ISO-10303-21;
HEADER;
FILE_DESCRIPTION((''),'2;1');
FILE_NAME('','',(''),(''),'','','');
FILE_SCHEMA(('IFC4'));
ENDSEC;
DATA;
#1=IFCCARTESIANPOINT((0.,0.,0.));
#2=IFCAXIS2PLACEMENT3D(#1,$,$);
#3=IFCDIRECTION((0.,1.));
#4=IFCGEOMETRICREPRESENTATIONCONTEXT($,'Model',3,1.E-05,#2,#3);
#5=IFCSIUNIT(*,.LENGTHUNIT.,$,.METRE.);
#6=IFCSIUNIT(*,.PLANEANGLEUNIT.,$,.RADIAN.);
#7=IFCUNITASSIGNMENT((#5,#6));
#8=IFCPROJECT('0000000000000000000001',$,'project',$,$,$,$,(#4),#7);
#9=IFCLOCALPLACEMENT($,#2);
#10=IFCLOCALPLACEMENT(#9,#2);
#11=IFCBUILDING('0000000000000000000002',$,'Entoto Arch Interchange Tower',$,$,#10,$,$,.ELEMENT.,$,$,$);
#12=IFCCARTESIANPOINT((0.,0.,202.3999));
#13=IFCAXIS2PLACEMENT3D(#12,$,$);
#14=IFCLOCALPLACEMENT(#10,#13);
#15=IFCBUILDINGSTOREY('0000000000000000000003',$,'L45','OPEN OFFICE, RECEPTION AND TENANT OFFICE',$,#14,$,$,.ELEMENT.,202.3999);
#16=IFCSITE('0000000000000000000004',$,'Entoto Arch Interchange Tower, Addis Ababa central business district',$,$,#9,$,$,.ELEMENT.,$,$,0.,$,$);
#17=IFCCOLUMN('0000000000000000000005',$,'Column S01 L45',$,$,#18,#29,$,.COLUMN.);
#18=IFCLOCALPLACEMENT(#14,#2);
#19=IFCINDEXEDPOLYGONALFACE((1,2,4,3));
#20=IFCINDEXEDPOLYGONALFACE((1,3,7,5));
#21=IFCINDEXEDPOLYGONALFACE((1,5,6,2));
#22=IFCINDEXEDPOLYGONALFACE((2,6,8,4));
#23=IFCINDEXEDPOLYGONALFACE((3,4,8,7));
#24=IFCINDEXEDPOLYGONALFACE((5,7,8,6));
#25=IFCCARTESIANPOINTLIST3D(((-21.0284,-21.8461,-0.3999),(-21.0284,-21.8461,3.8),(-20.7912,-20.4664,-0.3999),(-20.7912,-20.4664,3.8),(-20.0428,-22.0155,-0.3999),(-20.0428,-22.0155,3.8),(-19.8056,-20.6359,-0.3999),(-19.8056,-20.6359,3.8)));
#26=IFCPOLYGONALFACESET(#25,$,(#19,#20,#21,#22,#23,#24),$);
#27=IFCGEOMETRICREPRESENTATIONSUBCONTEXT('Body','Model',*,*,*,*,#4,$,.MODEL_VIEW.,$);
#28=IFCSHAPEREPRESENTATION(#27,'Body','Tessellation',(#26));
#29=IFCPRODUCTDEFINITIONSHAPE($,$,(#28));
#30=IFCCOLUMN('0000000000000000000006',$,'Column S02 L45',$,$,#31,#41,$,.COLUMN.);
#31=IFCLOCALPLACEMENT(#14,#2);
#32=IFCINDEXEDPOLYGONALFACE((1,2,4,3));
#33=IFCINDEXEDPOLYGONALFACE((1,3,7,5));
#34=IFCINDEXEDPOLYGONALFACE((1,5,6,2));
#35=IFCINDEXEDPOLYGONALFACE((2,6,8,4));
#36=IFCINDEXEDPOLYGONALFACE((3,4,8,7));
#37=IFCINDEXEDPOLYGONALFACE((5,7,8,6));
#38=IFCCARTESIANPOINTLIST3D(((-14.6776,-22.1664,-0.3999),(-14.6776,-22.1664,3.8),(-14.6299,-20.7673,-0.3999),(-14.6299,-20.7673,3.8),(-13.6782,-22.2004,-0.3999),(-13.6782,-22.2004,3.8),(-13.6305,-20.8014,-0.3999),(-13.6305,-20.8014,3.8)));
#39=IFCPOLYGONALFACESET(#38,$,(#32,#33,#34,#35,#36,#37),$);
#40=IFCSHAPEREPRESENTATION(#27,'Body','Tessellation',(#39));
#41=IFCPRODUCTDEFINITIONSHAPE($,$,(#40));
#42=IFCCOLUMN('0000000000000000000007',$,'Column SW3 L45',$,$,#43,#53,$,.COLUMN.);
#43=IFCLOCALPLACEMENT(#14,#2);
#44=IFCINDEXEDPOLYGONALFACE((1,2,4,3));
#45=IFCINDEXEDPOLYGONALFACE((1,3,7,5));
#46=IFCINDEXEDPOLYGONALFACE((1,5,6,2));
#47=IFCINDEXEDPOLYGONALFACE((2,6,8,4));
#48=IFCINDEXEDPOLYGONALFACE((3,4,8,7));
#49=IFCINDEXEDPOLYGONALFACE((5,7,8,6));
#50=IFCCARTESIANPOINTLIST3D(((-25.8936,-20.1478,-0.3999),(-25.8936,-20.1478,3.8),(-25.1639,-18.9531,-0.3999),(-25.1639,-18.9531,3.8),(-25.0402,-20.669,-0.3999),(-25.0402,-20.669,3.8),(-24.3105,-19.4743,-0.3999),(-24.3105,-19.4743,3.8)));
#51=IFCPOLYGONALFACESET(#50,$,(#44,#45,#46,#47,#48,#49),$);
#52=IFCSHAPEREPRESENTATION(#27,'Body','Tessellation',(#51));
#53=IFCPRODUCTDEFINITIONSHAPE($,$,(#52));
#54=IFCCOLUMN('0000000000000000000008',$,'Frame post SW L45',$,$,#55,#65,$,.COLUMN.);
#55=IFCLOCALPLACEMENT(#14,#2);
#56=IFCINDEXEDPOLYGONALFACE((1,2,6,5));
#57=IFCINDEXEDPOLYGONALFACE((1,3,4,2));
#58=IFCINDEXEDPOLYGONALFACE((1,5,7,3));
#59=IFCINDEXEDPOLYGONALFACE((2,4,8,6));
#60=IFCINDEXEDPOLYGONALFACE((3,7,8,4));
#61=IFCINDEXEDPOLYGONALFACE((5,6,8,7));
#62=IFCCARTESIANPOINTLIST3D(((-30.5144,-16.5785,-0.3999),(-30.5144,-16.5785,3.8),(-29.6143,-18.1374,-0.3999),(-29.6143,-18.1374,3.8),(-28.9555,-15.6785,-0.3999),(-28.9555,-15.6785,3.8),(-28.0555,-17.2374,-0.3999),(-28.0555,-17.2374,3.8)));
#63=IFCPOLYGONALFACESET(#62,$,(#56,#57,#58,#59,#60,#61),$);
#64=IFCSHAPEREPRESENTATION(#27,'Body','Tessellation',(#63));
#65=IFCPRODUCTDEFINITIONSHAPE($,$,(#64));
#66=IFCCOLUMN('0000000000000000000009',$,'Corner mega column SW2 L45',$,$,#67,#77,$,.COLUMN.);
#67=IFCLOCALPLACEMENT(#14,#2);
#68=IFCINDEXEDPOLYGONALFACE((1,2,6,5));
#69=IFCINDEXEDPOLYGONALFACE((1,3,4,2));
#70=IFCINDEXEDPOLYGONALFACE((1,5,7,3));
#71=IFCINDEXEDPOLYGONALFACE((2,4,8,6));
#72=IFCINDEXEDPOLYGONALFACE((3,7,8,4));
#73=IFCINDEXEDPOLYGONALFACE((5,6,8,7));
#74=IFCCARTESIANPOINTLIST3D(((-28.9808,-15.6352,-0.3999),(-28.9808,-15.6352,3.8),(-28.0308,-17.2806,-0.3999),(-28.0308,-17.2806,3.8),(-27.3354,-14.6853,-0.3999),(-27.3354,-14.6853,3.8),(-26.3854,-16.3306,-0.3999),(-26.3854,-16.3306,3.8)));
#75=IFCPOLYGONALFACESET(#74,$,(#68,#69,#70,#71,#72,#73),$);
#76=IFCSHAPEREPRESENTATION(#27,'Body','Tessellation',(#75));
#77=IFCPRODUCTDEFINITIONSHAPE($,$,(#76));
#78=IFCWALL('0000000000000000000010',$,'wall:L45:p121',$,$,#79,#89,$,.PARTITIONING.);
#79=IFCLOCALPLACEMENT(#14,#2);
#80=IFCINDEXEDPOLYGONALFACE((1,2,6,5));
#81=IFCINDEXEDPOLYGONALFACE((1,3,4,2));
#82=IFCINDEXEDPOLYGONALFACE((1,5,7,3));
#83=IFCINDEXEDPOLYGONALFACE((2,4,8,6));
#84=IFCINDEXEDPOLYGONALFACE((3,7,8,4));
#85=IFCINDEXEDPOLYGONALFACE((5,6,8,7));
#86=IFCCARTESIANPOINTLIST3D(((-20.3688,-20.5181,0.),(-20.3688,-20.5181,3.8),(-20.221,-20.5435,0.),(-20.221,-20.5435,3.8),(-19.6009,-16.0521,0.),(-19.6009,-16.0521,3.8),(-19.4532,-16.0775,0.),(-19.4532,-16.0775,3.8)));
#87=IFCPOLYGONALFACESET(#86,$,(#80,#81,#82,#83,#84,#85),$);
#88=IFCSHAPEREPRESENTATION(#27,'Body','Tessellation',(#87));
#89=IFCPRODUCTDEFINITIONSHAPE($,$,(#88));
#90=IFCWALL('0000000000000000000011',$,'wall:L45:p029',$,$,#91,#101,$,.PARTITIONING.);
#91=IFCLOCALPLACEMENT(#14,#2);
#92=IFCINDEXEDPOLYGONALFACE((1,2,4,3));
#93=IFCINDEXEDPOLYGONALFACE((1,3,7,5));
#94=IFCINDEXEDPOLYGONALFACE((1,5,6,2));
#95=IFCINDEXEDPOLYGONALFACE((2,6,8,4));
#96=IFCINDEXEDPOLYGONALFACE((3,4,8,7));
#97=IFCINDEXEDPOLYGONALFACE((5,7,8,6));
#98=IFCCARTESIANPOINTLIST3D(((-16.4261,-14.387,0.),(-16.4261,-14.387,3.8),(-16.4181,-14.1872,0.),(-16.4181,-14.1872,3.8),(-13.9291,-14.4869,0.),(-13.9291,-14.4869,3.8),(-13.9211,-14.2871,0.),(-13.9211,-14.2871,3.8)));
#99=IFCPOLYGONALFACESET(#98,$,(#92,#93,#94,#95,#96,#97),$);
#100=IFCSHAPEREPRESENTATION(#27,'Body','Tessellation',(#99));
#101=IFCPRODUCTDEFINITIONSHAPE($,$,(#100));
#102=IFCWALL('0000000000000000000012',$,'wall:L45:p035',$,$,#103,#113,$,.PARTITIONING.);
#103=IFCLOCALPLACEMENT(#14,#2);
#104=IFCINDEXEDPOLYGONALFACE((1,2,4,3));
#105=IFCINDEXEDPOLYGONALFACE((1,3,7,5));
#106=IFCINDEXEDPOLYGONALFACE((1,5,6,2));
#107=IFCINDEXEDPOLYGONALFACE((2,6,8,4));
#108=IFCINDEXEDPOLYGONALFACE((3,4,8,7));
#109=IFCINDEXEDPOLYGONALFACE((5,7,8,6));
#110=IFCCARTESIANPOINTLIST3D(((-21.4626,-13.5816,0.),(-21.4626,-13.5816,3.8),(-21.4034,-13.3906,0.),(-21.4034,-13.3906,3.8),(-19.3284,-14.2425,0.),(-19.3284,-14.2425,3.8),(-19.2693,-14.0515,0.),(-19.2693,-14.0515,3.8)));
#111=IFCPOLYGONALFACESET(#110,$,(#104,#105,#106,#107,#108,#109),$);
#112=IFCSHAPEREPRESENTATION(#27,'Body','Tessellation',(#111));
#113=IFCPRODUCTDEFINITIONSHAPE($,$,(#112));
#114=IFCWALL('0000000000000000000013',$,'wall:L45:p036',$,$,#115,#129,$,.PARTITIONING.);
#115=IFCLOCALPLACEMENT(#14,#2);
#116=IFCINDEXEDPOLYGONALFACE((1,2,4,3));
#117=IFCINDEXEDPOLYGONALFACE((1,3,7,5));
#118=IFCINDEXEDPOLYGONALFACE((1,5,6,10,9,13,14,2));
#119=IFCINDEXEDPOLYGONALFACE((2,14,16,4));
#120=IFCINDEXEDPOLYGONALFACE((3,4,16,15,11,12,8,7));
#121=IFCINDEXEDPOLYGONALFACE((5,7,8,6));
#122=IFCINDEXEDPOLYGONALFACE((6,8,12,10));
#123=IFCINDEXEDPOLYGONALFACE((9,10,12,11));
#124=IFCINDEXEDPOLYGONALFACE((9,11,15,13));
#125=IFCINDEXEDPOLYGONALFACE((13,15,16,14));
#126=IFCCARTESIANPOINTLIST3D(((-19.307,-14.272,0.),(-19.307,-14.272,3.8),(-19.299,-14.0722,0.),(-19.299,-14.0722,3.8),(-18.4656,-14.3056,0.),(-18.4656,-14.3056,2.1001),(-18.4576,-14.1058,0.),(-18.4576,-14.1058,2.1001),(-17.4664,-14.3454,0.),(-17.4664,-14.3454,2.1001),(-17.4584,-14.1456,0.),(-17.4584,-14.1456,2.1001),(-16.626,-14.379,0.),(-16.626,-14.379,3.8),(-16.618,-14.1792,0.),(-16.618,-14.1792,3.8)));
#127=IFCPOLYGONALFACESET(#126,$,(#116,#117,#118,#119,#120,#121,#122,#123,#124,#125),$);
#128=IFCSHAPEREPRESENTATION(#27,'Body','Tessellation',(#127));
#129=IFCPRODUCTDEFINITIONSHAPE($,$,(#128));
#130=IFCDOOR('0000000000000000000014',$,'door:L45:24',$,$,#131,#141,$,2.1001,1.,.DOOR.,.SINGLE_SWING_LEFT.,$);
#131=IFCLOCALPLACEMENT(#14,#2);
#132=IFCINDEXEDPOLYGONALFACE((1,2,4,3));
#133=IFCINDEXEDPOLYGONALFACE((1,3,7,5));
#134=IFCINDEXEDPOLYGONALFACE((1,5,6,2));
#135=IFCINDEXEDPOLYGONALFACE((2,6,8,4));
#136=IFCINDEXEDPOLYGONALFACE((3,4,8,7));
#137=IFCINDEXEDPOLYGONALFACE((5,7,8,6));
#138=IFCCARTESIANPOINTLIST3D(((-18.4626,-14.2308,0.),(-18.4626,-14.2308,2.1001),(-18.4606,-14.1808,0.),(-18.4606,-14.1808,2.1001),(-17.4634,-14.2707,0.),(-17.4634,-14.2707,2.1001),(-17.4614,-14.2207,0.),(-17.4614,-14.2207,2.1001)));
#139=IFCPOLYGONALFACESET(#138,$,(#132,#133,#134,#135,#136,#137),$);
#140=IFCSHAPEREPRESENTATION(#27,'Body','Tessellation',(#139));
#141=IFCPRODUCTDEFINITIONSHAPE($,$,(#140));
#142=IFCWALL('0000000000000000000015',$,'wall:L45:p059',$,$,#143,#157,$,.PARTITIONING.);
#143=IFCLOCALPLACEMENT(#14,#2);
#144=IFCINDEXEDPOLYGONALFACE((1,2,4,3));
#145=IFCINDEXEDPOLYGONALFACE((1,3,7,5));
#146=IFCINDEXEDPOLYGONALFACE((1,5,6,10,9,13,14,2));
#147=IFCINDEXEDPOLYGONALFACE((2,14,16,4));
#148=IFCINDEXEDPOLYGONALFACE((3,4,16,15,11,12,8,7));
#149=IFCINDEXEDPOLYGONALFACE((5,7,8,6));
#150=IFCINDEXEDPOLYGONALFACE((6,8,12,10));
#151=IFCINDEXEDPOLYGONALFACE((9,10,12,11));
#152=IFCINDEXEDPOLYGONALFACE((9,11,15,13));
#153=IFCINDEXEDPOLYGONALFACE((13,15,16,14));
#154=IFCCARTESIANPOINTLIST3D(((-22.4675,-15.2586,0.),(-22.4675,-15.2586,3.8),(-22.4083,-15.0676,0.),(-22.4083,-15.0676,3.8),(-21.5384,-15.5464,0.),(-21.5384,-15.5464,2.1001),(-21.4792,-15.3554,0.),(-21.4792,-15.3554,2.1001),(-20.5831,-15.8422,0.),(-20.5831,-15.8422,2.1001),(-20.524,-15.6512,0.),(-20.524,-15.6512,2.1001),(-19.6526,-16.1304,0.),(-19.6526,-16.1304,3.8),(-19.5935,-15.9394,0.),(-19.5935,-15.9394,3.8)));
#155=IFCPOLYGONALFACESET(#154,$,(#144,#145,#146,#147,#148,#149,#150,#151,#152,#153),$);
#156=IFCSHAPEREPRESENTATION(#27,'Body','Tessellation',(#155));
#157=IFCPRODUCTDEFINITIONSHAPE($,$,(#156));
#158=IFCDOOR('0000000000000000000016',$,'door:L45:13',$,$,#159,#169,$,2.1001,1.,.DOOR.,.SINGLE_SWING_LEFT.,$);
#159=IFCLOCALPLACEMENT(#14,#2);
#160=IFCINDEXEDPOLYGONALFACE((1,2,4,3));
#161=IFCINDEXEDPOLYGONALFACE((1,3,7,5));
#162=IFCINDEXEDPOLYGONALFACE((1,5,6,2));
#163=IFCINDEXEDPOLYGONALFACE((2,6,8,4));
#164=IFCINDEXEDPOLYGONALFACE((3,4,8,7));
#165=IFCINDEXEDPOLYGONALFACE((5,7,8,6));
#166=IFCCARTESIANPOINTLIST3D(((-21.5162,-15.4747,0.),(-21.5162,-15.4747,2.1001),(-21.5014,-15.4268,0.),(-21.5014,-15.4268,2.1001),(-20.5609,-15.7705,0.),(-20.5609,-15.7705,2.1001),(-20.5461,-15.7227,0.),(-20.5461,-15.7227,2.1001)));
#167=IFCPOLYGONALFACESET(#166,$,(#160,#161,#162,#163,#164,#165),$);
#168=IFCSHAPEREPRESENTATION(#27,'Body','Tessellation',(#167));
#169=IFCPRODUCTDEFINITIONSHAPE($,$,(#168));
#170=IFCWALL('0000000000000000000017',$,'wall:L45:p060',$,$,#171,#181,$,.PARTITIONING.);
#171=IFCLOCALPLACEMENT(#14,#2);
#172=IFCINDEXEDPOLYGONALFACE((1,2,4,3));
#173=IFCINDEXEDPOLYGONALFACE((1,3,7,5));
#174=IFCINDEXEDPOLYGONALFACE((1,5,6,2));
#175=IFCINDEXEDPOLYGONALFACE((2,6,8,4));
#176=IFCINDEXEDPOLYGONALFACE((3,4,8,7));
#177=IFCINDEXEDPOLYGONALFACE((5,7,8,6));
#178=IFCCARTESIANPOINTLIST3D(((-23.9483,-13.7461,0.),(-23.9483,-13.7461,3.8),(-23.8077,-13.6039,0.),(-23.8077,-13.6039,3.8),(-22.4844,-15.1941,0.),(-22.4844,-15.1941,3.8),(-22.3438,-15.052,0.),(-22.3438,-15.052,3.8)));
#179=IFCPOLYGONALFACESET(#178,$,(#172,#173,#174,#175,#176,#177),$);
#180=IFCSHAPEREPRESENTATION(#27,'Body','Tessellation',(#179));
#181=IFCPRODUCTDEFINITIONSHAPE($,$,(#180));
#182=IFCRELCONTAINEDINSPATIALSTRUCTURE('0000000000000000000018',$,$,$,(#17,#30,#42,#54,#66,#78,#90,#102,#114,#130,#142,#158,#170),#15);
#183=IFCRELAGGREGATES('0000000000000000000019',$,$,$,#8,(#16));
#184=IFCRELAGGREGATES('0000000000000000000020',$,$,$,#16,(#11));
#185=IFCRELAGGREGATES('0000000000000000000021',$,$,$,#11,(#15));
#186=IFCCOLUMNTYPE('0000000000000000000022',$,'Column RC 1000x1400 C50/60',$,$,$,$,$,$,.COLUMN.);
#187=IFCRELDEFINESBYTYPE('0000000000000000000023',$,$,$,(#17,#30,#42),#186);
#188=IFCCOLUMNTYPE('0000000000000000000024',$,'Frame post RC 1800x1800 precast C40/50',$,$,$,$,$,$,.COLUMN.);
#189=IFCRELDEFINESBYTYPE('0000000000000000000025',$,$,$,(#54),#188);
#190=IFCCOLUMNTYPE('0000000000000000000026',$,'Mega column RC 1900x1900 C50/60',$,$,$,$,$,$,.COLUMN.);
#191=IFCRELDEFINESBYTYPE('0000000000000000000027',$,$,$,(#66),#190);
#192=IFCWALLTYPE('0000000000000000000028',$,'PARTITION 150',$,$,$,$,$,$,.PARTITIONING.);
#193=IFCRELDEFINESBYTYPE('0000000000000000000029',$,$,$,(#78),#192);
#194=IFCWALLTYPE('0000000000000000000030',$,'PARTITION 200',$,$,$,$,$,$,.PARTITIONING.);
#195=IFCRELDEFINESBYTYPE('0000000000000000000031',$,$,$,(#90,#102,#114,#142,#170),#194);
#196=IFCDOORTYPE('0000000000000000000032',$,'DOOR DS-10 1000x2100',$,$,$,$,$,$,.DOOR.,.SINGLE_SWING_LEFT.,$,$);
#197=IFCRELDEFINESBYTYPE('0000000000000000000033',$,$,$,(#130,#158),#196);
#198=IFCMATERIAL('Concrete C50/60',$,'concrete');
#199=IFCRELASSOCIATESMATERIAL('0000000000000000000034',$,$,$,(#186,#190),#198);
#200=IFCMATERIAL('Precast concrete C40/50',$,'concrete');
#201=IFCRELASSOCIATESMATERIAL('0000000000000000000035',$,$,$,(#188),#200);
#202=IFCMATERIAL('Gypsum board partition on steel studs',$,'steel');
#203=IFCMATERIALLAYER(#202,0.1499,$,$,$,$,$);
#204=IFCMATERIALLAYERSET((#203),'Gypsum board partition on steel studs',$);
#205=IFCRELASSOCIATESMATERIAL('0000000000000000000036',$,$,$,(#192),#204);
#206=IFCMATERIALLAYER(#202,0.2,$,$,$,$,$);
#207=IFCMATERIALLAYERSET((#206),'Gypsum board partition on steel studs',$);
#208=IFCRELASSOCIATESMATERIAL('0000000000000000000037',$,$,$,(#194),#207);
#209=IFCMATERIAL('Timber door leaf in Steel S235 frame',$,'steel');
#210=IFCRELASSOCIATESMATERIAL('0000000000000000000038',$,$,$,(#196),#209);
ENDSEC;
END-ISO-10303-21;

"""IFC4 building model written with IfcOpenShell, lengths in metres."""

from ifc_helpers import new_model, si_unit, direction, frame, frame_2d, origin, origin_2d, place, context, subcontext, project, spatial, rectangle, extrude, material, layer, layer_set, material_profile, profile_set, type_object, element, fill, save


model = new_model("IFC4")

# Units and contexts
model_context = context("Model", 3, precision=1e-05, world=origin(), true_north=direction((0.0, 1.0)))
body_context = subcontext(model_context, "Body", "Model", "MODEL_VIEW")
ifc_project = project(units=[si_unit("LENGTHUNIT", "METRE"), si_unit("PLANEANGLEUNIT", "RADIAN")], contexts=[model_context])

# Site, building, storey
site_placement = place(None, origin())
site = spatial("IfcSite", under=ifc_project, at=site_placement, Name="Entoto Arch Interchange Tower, Addis Ababa central business district", CompositionType="ELEMENT", RefElevation=0.0)
building_placement = place(site_placement, origin())
building = spatial("IfcBuilding", under=site, at=building_placement, Name="Entoto Arch Interchange Tower", CompositionType="ELEMENT")
storey_placement = place(building_placement, frame((0.0, 0.0, 202.3999)))
storey = spatial("IfcBuildingStorey", under=building, at=storey_placement, Name="L45", Description="OPEN OFFICE, RECEPTION AND TENANT OFFICE", CompositionType="ELEMENT", Elevation=202.3999)

# Columns
ifc_material_1 = material(Name="Concrete C50/60", Category="concrete")
ifc_material_profile_1 = material_profile(ifc_material_1, rectangle(XDim=1.0, YDim=1.3999, at=origin_2d()))
ifc_profile_set_1 = profile_set([ifc_material_profile_1], Name="Concrete C50/60")
column_type_1 = type_object("IfcColumnType", Name="Column RC 1000x1400 C50/60", PredefinedType="COLUMN", material=ifc_profile_set_1)
for number, where, z_axis, x_axis, name in (
    (1, (-20.417, -21.241, -0.3999), (0.0, 0.0, 1.0), (-0.985541, 0.169436, 0.0), "Column S01 L45"),
    (2, (-14.1541, -21.4839, -0.3999), (0.0, 0.0, 1.0), (-0.999421, 0.034027, 0.0), "Column S02 L45"),
    (3, (-25.1021, -19.811, -0.3999), (0.0, 0.0, 1.0), (-0.853423, 0.521218, 0.0), "Column SW3 L45"),
):
    element("IfcColumn", number, at=place(storey_placement, frame(where, z_axis=z_axis, x_axis=x_axis)), inside=storey, type_object=column_type_1, Name=name, PredefinedType="COLUMN", context=body_context, shape_type="SweptSolid", body=[
        extrude(rectangle(XDim=1.0, YDim=1.3999, at=origin_2d()), origin(), (0.0, 0.0, 1.0), 4.2),
    ])
ifc_material_2 = material(Name="Precast concrete C40/50", Category="concrete")
ifc_material_profile_2 = material_profile(ifc_material_2, rectangle(XDim=1.8, YDim=1.8, at=origin_2d()))
ifc_profile_set_2 = profile_set([ifc_material_profile_2], Name="Precast concrete C40/50")
column_type_2 = type_object("IfcColumnType", Name="Frame post RC 1800x1800 precast C40/50", PredefinedType="COLUMN", material=ifc_profile_set_2)
column_1_placement = place(storey_placement, frame((-29.2849, -16.908, -0.3999), z_axis=(0.0, 0.0, 1.0), x_axis=(0.866025, 0.5, 0.0)))
element("IfcColumn", 4, at=column_1_placement, inside=storey, type_object=column_type_2, Name="Frame post SW L45", PredefinedType="COLUMN", context=body_context, shape_type="SweptSolid", body=[
    extrude(rectangle(XDim=1.8, YDim=1.8, at=origin_2d()), origin(), (0.0, 0.0, 1.0), 4.2),
])
ifc_material_profile_3 = material_profile(ifc_material_1, rectangle(XDim=1.8999, YDim=1.8999, at=origin_2d()))
ifc_profile_set_3 = profile_set([ifc_material_profile_3], Name="Concrete C50/60")
column_type_3 = type_object("IfcColumnType", Name="Mega column RC 1900x1900 C50/60", PredefinedType="COLUMN", material=ifc_profile_set_3)
column_2_placement = place(storey_placement, frame((-27.6831, -15.9829, -0.3999), z_axis=(0.0, 0.0, 1.0), x_axis=(0.866025, 0.5, 0.0)))
element("IfcColumn", 5, at=column_2_placement, inside=storey, type_object=column_type_3, Name="Corner mega column SW2 L45", PredefinedType="COLUMN", context=body_context, shape_type="SweptSolid", body=[
    extrude(rectangle(XDim=1.8999, YDim=1.8999, at=origin_2d()), origin(), (0.0, 0.0, 1.0), 4.2),
])

# Walls
ifc_material_3 = material(Name="Gypsum board partition on steel studs", Category="steel")
ifc_layer_1 = layer(ifc_material_3, 0.1499)
ifc_layer_set_1 = layer_set([ifc_layer_1], Name="Gypsum board partition on steel studs")
wall_type_1 = type_object("IfcWallType", Name="PARTITION 150", PredefinedType="PARTITIONING", material=ifc_layer_set_1)
wall_1_placement = place(storey_placement, frame((-19.5271, -16.0649, 0.0), z_axis=(0.0, 0.0, 1.0), x_axis=(-0.169438, -0.985541, 0.0)))
element("IfcWall", 6, at=wall_1_placement, inside=storey, type_object=wall_type_1, Name="wall:L45:p121", PredefinedType="PARTITIONING", context=body_context, shape_type="SweptSolid", body=[
    extrude(rectangle(XDim=4.5315, YDim=0.1499, at=frame_2d((2.2656, 0.0))), origin(), (0.0, 0.0, 1.0), 3.8),
])
ifc_layer_2 = layer(ifc_material_3, 0.2)
ifc_layer_set_2 = layer_set([ifc_layer_2], Name="Gypsum board partition on steel studs")
wall_type_2 = type_object("IfcWallType", Name="PARTITION 200", PredefinedType="PARTITIONING", material=ifc_layer_set_2)
wall_2_placement = place(storey_placement, frame((-16.4221, -14.2871, 0.0), z_axis=(0.0, 0.0, 1.0), x_axis=(0.999201, -0.039956, 0.0)))
element("IfcWall", 7, at=wall_2_placement, inside=storey, type_object=wall_type_2, Name="wall:L45:p029", PredefinedType="PARTITIONING", context=body_context, shape_type="SweptSolid", body=[
    extrude(rectangle(XDim=2.499, YDim=0.2, at=frame_2d((1.2495, 0.0))), origin(), (0.0, 0.0, 1.0), 3.8),
])
wall_3_placement = place(storey_placement, frame((-21.4331, -13.4861, 0.0), z_axis=(0.0, 0.0, 1.0), x_axis=(0.955241, -0.295829, 0.0)))
element("IfcWall", 8, at=wall_3_placement, inside=storey, type_object=wall_type_2, Name="wall:L45:p035", PredefinedType="PARTITIONING", context=body_context, shape_type="SweptSolid", body=[
    extrude(rectangle(XDim=2.2341, YDim=0.2, at=frame_2d((1.1172, 0.0))), origin(), (0.0, 0.0, 1.0), 3.8),
])

# Walls, openings, doors
wall_4_placement = place(storey_placement, frame((-19.303, -14.1721, 0.0), z_axis=(0.0, 0.0, 1.0), x_axis=(0.999205, -0.039855, 0.0)))
wall_4 = element("IfcWall", 9, at=wall_4_placement, inside=storey, type_object=wall_type_2, Name="wall:L45:p036", PredefinedType="PARTITIONING", context=body_context, shape_type="SweptSolid", body=[
    extrude(rectangle(XDim=2.6831, YDim=0.2, at=frame_2d((1.3416, 0.0))), origin(), (0.0, 0.0, 1.0), 3.8),
])
opening_1_placement = place(wall_4_placement, frame((0.842, 0.0, 0.0)))
opening_1 = element("IfcOpeningElement", 10, at=opening_1_placement, cuts=wall_4, PredefinedType="OPENING", context=body_context, shape_type="SweptSolid", body=[
    extrude(rectangle(XDim=1.0, YDim=2.1001, at=frame_2d((0.5, 1.05))), frame((0.0, 0.1099, 0.0), z_axis=(0.0, -1.0, 0.0), x_axis=(1.0, 0.0, 0.0)), (0.0, 0.0, 1.0), 0.22),
])
ifc_material_4 = material(Name="Timber door leaf in Steel S235 frame", Category="steel")
door_type = type_object("IfcDoorType", Name="DOOR DS-10 1000x2100", OperationType="SINGLE_SWING_LEFT", PredefinedType="DOOR", material=ifc_material_4)
door_1_placement = place(opening_1_placement, origin())
door_1 = element("IfcDoor", 11, at=door_1_placement, inside=storey, type_object=door_type, Name="door:L45:24", OperationType="SINGLE_SWING_LEFT", OverallHeight=2.1001, OverallWidth=1.0, PredefinedType="DOOR", context=body_context, shape_type="SweptSolid", body=[
    extrude(rectangle(XDim=1.0, YDim=2.1001, at=frame_2d((0.5, 1.05))), frame((0.0, 0.0249, 0.0), z_axis=(0.0, -1.0, 0.0), x_axis=(1.0, 0.0, 0.0)), (0.0, 0.0, 1.0), 0.05),
])
fill(opening_1, door_1)
wall_5_placement = place(storey_placement, frame((-19.623, -16.0349, 0.0), z_axis=(0.0, 0.0, 1.0), x_axis=(-0.955235, 0.295849, 0.0)))
wall_5 = element("IfcWall", 12, at=wall_5_placement, inside=storey, type_object=wall_type_2, Name="wall:L45:p059", PredefinedType="PARTITIONING", context=body_context, shape_type="SweptSolid", body=[
    extrude(rectangle(XDim=2.9468, YDim=0.2, at=frame_2d((1.4734, 0.0))), origin(), (0.0, 0.0, 1.0), 3.8),
])
opening_2_placement = place(wall_5_placement, frame((0.9741, 0.0, 0.0)))
opening_2 = element("IfcOpeningElement", 13, at=opening_2_placement, cuts=wall_5, PredefinedType="OPENING", context=body_context, shape_type="SweptSolid", body=[
    extrude(rectangle(XDim=1.0, YDim=2.1001, at=frame_2d((0.5, 1.05))), frame((0.0, 0.1099, 0.0), z_axis=(0.0, -1.0, 0.0), x_axis=(1.0, 0.0, 0.0)), (0.0, 0.0, 1.0), 0.22),
])
door_2_placement = place(opening_2_placement, origin())
door_2 = element("IfcDoor", 14, at=door_2_placement, inside=storey, type_object=door_type, Name="door:L45:13", OperationType="SINGLE_SWING_LEFT", OverallHeight=2.1001, OverallWidth=1.0, PredefinedType="DOOR", context=body_context, shape_type="SweptSolid", body=[
    extrude(rectangle(XDim=1.0, YDim=2.1001, at=frame_2d((0.5, 1.05))), frame((0.0, 0.0249, 0.0), z_axis=(0.0, -1.0, 0.0), x_axis=(1.0, 0.0, 0.0)), (0.0, 0.0, 1.0), 0.05),
])
fill(opening_2, door_2)

# Wall
wall_6_placement = place(storey_placement, frame((-22.4141, -15.123, 0.0), z_axis=(0.0, 0.0, 1.0), x_axis=(-0.71095, 0.703243, 0.0)))
element("IfcWall", 15, at=wall_6_placement, inside=storey, type_object=wall_type_2, Name="wall:L45:p060", PredefinedType="PARTITIONING", context=body_context, shape_type="SweptSolid", body=[
    extrude(rectangle(XDim=2.0591, YDim=0.2, at=frame_2d((1.0295, 0.0))), origin(), (0.0, 0.0, 1.0), 3.8),
])

save(model, "model.ifc")
